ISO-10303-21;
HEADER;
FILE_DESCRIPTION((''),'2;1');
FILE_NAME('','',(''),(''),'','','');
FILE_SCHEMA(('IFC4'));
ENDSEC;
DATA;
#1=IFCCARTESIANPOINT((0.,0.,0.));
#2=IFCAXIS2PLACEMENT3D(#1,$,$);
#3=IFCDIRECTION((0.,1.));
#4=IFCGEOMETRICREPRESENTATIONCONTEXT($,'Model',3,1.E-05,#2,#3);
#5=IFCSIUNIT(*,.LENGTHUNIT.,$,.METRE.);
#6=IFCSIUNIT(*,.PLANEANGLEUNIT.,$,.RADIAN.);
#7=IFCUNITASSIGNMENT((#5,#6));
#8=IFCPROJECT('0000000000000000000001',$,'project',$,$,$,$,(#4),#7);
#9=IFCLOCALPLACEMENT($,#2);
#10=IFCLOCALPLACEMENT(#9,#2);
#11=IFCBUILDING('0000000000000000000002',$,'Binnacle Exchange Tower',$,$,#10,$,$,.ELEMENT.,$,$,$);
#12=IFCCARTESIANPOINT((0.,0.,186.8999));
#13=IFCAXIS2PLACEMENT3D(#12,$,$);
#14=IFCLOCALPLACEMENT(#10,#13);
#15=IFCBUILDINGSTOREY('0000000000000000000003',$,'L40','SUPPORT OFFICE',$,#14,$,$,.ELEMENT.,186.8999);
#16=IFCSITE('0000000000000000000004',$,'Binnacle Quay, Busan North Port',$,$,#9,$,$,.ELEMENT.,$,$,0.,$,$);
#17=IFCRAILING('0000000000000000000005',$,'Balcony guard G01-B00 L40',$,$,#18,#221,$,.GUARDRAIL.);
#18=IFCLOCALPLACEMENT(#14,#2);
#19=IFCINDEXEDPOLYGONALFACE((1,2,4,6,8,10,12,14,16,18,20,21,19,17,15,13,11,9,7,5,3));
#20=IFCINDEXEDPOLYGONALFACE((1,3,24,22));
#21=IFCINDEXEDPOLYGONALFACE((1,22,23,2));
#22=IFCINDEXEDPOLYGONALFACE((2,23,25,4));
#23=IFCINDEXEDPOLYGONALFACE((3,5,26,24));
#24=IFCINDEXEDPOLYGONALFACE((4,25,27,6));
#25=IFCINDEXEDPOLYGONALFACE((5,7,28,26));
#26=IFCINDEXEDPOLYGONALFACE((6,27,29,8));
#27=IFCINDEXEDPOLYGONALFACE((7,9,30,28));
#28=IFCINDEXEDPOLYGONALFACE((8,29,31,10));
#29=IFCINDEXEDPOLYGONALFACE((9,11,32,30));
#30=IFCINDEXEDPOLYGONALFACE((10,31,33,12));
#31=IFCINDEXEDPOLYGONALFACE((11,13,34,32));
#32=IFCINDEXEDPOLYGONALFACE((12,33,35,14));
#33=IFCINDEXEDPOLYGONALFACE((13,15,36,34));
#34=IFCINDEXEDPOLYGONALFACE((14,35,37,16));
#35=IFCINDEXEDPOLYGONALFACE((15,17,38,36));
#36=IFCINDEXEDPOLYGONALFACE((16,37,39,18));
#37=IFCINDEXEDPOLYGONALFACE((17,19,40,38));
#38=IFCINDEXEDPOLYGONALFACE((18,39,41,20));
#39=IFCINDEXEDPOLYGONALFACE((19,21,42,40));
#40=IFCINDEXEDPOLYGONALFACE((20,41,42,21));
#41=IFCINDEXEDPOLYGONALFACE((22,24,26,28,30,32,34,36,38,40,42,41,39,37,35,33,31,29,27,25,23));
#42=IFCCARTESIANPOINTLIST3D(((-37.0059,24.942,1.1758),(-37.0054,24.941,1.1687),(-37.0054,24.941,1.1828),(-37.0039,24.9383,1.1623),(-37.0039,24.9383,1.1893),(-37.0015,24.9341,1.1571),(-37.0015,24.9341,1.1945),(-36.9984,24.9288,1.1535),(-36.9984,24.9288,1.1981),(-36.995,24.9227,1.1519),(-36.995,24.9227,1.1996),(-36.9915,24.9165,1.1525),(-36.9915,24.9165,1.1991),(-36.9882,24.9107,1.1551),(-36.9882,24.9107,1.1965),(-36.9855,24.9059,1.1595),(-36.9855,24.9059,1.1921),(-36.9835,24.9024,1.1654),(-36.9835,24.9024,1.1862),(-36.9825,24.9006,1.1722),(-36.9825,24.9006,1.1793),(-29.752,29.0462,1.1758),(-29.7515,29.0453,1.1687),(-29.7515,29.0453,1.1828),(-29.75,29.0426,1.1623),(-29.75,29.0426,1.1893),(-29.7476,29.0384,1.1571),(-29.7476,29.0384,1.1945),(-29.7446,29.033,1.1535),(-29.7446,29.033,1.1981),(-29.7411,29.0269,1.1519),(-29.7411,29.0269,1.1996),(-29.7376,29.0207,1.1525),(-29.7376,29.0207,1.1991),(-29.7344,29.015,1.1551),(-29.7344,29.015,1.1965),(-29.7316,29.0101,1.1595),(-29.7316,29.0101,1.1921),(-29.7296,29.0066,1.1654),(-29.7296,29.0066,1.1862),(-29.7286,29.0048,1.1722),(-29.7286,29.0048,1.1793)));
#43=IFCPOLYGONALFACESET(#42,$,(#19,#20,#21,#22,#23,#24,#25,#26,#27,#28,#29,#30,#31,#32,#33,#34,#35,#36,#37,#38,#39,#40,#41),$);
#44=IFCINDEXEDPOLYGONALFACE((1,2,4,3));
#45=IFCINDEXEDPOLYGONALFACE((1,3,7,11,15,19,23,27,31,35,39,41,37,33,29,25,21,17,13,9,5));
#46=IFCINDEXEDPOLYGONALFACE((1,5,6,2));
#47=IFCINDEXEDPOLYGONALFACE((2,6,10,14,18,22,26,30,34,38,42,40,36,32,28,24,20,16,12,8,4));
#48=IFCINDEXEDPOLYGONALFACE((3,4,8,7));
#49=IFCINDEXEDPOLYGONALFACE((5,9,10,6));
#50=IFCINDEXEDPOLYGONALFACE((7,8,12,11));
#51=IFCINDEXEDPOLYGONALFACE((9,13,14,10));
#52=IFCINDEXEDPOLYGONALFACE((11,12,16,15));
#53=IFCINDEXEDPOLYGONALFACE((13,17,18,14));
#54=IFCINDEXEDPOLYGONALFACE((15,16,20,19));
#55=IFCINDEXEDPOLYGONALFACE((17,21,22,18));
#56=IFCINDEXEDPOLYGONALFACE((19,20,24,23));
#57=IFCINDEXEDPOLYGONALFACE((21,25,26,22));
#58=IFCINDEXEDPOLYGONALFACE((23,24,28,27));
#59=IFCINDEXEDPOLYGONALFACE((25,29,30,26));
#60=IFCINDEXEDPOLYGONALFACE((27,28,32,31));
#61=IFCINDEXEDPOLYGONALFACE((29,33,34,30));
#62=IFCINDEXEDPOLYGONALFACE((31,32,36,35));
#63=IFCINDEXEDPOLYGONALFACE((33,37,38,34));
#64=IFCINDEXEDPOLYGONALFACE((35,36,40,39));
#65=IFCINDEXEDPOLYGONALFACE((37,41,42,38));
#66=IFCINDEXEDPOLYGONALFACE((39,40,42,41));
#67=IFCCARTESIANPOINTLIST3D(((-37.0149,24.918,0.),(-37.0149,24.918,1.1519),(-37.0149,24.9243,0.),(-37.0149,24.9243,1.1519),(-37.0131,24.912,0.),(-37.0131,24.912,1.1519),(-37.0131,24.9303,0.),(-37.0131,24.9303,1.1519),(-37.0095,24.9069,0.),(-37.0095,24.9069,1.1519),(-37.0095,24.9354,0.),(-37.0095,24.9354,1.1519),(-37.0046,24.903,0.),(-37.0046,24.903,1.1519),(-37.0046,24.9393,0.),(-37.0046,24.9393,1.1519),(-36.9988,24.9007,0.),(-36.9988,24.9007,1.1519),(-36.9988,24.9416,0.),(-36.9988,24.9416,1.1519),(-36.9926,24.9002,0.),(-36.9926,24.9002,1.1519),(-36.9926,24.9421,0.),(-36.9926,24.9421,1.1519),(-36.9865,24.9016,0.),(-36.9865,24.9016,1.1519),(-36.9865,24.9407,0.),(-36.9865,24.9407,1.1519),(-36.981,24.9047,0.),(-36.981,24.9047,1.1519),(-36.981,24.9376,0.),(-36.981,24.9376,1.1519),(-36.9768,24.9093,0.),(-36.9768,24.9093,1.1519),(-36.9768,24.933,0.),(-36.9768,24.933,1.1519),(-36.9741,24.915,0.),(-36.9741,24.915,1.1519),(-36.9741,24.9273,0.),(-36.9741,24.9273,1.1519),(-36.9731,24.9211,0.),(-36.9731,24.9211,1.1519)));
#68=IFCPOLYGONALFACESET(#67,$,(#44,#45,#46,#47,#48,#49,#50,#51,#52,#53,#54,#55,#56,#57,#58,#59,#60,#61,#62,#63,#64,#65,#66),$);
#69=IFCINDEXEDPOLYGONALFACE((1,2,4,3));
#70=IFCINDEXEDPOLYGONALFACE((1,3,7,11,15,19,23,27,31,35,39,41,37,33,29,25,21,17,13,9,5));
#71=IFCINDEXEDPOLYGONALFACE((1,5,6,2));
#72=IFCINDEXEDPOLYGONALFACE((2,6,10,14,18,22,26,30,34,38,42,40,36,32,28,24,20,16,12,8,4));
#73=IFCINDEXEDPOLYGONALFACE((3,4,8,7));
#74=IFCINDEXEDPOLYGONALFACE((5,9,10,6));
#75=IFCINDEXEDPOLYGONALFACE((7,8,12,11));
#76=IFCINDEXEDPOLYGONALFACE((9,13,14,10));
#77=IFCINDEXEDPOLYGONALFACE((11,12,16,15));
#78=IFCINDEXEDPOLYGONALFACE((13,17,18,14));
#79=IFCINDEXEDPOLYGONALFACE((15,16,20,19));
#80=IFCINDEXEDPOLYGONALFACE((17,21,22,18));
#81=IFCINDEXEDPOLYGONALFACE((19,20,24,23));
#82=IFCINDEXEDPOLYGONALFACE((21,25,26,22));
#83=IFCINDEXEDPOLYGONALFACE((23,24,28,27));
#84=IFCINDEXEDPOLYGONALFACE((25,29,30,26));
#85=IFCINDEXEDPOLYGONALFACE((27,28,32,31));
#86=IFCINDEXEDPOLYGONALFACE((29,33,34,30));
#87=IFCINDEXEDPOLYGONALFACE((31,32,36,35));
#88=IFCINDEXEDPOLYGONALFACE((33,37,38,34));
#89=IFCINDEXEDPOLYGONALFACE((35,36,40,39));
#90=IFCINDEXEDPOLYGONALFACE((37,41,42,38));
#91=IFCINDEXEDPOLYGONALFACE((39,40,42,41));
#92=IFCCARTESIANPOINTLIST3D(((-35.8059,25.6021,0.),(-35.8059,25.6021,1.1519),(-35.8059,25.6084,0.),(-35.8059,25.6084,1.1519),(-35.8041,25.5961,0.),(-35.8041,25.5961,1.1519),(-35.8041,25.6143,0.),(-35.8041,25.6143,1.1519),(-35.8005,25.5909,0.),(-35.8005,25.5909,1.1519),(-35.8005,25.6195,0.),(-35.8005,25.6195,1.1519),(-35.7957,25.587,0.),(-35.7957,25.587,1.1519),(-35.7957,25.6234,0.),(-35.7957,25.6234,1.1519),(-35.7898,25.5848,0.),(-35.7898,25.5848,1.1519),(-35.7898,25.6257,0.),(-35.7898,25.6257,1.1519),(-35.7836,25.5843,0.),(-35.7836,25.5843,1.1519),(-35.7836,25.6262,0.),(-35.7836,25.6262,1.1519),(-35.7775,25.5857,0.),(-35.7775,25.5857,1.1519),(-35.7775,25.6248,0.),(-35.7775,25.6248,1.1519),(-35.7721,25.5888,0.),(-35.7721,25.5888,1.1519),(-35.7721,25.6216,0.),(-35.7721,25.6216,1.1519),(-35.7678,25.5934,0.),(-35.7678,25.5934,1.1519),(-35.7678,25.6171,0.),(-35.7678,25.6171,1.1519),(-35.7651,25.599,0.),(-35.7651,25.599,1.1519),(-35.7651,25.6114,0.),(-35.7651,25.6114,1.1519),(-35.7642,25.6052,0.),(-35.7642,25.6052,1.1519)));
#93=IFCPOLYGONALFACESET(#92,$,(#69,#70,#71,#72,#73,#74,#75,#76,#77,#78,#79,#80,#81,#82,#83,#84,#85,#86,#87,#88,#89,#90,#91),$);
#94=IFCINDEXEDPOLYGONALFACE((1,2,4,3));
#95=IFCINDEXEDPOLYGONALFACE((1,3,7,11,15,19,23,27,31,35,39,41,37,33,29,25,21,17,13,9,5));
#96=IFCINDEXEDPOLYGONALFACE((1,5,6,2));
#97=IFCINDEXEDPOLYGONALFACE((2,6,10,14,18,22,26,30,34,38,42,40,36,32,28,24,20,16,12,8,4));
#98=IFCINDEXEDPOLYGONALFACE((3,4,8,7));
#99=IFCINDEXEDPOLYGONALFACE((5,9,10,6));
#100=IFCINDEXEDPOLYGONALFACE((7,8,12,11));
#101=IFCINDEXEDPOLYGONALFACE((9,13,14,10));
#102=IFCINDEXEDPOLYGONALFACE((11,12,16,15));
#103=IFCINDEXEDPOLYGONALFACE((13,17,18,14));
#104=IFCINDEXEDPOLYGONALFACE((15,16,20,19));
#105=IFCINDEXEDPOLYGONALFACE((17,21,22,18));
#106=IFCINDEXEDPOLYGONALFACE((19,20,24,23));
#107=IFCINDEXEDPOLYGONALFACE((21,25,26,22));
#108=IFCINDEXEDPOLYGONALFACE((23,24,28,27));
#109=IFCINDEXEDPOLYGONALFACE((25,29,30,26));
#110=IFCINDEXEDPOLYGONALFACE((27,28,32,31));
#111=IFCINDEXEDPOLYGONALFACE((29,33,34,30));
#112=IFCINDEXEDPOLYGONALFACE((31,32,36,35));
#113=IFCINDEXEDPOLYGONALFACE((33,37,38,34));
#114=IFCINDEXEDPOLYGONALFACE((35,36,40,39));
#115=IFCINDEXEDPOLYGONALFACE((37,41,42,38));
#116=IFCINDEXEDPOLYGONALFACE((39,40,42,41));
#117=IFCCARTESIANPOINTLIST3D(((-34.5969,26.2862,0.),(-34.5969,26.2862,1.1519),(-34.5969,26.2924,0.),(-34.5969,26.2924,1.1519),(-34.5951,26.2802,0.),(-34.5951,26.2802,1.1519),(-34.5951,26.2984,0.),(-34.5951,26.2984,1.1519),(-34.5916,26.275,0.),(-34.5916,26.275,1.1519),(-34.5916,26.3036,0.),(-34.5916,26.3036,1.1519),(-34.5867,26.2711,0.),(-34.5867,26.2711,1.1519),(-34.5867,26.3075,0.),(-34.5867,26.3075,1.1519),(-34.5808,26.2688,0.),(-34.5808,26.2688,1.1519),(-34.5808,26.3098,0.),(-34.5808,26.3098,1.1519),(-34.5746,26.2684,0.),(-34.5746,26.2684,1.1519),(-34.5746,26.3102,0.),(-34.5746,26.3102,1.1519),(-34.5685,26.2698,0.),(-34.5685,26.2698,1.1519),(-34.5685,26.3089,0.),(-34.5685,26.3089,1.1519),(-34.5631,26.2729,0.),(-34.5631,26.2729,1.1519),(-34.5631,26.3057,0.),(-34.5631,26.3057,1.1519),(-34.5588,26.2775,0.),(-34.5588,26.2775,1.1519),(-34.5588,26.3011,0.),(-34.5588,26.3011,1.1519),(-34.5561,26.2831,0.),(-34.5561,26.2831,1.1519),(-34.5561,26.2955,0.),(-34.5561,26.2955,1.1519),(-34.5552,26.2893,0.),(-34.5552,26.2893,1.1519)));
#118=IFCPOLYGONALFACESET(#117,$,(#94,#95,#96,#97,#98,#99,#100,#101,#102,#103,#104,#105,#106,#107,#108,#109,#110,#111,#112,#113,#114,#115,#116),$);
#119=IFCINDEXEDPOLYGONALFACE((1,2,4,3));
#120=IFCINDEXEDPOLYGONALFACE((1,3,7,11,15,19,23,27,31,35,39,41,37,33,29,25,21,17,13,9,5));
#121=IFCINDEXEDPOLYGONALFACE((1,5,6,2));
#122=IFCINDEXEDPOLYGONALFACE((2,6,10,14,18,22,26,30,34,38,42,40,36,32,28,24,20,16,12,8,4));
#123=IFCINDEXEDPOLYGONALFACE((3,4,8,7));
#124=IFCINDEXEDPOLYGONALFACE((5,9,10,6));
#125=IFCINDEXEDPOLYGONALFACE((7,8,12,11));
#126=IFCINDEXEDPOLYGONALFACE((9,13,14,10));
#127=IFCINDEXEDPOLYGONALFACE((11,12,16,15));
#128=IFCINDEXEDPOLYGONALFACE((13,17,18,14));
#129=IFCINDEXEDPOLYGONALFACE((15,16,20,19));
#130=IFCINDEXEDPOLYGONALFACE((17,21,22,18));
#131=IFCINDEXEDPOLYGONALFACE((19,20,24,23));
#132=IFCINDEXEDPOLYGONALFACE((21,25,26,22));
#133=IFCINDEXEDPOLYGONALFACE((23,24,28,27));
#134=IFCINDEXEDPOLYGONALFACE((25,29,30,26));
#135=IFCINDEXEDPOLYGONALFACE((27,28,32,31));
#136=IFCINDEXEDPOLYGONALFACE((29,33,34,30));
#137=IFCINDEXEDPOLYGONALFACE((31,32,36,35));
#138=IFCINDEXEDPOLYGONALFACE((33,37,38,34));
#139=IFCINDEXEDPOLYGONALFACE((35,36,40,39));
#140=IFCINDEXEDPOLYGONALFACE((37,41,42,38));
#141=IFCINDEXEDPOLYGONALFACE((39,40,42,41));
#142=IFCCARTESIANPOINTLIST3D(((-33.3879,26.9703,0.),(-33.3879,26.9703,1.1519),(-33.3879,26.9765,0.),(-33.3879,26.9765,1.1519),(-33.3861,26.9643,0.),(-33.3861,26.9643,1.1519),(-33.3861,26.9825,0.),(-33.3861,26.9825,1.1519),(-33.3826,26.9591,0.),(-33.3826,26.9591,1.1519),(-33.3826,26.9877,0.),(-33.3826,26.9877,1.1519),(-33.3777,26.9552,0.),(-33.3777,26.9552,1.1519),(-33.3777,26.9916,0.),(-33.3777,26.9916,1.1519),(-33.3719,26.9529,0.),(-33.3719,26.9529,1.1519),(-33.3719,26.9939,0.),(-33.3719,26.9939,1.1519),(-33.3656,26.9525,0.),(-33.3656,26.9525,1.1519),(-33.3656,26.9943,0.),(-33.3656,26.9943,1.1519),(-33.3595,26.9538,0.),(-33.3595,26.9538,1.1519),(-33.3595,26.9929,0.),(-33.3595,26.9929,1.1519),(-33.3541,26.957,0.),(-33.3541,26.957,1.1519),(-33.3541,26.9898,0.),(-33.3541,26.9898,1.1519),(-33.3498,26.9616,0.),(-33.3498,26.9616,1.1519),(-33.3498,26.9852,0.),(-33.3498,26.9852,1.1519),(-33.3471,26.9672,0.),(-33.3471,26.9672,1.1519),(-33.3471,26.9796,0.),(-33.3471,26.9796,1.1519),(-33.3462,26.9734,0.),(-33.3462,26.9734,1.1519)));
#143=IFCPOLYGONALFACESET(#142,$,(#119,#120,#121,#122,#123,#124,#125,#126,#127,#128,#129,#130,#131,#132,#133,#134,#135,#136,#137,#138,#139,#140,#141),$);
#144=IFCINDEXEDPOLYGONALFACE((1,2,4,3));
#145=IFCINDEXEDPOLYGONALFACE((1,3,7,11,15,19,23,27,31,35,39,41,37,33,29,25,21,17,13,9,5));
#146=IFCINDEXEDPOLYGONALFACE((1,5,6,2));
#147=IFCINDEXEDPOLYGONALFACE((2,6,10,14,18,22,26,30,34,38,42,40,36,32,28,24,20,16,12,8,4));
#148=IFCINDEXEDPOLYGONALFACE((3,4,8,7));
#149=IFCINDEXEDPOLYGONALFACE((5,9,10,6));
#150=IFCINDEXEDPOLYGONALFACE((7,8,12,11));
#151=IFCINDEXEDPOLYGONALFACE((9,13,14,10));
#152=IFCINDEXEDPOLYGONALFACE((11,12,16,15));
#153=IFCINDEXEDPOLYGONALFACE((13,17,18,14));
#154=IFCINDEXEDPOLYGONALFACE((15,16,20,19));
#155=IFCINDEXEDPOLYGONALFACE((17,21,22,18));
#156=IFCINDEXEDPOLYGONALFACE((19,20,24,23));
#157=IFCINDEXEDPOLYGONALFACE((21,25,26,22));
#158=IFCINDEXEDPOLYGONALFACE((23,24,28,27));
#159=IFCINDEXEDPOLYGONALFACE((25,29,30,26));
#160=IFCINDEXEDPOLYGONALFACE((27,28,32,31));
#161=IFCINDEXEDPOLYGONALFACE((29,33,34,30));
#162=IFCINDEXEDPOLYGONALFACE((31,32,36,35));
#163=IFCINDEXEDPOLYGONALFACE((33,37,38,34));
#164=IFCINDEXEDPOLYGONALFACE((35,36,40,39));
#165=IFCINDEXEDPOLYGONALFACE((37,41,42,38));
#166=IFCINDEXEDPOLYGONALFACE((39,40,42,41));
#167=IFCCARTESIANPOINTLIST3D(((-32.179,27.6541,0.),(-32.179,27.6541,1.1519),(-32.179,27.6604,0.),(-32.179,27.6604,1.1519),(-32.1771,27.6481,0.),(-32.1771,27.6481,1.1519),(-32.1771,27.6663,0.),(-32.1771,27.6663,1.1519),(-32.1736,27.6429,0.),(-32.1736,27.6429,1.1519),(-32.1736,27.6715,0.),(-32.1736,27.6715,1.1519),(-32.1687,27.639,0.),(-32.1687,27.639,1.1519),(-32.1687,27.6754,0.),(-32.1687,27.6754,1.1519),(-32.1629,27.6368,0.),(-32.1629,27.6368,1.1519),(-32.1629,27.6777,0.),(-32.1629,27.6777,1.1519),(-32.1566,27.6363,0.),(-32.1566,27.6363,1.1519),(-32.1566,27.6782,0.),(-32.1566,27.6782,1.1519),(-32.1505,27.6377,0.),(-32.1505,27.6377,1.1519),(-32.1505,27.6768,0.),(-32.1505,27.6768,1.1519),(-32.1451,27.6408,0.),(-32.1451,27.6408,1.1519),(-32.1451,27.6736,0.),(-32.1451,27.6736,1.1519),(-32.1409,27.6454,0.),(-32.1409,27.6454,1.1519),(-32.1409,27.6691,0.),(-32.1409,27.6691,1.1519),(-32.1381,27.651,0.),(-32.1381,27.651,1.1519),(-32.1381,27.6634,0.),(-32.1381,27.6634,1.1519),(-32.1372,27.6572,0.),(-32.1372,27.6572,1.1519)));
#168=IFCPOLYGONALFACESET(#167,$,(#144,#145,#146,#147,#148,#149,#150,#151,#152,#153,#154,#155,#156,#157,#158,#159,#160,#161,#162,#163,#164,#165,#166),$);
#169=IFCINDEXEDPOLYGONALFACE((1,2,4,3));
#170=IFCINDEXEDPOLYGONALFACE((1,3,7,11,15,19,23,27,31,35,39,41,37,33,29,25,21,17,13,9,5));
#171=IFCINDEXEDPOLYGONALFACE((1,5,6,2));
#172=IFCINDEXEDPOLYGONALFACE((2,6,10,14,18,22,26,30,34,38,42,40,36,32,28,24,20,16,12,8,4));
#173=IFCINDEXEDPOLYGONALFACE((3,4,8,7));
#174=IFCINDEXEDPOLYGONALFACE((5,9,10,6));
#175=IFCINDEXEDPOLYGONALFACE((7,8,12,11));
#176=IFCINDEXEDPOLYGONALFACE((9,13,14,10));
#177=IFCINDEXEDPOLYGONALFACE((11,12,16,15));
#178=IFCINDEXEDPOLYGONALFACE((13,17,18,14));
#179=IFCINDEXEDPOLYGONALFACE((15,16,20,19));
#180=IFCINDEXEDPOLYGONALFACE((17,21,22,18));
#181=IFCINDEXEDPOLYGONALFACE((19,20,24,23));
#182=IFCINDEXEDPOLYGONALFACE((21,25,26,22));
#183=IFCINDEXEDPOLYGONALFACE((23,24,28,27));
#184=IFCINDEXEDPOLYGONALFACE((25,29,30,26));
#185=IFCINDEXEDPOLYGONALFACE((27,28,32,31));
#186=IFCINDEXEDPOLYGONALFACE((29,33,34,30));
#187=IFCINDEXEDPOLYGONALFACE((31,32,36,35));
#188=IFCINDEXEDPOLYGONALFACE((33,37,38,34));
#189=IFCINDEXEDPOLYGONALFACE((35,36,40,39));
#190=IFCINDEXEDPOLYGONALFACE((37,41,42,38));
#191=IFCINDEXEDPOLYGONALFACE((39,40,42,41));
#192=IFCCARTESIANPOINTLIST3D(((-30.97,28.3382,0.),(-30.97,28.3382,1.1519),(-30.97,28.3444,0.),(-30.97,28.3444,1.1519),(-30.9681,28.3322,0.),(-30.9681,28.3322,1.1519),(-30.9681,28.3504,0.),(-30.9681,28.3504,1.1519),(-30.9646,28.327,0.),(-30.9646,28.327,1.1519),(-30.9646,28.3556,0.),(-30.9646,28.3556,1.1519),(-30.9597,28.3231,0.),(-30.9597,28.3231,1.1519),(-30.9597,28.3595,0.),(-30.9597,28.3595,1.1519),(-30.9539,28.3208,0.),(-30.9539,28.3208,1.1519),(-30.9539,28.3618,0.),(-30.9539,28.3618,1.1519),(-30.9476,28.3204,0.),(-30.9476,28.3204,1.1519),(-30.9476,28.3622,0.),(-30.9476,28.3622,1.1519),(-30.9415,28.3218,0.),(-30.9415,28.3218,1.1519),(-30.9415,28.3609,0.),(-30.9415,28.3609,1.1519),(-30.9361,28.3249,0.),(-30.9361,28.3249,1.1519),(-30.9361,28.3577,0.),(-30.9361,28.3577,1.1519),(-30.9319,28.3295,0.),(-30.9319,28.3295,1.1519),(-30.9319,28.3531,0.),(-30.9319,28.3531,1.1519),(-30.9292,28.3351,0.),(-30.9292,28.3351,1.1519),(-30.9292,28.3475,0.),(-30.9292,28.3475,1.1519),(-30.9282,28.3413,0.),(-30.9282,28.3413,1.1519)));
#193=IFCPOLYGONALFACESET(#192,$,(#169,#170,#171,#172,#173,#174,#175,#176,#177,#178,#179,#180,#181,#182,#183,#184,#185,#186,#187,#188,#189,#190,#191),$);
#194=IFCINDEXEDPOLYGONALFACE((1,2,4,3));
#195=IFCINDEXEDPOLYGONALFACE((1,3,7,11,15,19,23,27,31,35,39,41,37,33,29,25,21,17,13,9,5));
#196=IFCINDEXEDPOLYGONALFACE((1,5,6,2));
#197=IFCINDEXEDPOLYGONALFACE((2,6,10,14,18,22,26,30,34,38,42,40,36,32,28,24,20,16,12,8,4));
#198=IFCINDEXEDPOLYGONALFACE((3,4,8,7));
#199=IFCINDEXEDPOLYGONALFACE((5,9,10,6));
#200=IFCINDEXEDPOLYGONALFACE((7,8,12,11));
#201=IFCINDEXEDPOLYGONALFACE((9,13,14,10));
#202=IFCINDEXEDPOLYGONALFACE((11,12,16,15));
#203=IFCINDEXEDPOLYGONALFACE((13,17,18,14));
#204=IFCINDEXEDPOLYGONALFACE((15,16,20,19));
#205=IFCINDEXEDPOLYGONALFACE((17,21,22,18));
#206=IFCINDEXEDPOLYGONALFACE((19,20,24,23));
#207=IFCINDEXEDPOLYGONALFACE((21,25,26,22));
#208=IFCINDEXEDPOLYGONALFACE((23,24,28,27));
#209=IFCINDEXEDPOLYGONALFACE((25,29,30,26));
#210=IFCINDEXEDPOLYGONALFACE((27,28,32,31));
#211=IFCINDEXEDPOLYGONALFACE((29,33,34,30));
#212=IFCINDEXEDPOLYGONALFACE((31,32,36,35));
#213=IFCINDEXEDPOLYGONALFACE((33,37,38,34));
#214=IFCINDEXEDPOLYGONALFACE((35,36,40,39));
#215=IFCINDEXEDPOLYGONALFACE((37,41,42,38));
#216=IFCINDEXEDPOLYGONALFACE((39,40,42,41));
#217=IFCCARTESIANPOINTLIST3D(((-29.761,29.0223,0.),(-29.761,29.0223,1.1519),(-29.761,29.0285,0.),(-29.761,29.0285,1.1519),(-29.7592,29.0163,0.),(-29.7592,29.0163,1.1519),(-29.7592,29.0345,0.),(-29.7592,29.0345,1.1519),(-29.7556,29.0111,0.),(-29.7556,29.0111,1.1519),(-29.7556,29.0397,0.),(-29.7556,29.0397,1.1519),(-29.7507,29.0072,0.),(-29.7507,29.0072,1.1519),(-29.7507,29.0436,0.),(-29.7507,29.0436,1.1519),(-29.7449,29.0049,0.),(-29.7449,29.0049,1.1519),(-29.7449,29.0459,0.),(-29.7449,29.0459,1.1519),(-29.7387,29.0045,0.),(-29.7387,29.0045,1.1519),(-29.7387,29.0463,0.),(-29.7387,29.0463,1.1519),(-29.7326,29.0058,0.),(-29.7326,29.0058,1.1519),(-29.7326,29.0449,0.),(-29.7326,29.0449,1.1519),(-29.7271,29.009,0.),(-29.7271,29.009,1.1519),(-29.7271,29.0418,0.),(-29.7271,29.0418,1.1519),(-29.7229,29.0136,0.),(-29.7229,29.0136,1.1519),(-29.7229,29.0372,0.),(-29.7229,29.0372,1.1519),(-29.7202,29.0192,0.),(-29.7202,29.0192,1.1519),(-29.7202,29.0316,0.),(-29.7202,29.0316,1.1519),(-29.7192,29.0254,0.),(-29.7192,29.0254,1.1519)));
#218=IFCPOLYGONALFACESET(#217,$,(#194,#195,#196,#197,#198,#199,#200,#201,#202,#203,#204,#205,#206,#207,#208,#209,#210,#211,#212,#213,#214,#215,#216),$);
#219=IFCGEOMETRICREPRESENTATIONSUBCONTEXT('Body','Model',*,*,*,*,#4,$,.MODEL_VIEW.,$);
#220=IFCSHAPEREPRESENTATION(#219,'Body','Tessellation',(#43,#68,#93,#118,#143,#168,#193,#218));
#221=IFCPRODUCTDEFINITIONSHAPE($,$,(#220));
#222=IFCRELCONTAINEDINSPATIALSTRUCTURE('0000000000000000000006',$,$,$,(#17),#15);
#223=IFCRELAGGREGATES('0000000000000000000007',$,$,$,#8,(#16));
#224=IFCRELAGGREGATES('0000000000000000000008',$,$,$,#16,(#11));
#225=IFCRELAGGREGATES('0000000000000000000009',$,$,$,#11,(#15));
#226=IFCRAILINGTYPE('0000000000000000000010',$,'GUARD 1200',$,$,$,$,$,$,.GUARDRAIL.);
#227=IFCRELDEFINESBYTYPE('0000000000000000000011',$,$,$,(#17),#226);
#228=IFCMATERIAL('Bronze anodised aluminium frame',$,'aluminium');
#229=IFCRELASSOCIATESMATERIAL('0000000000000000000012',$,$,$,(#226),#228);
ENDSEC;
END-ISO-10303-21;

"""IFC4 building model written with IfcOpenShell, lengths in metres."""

from ifc_helpers import new_model, si_unit, direction, frame, origin, origin_2d, place, context, subcontext, project, spatial, circle, extrude, material, type_object, element, save


model = new_model("IFC4")

# Units and contexts
model_context = context("Model", 3, precision=1e-05, world=origin(), true_north=direction((0.0, 1.0)))
body_context = subcontext(model_context, "Body", "Model", "MODEL_VIEW")
ifc_project = project(units=[si_unit("LENGTHUNIT", "METRE"), si_unit("PLANEANGLEUNIT", "RADIAN")], contexts=[model_context])

# Site, building, storey
site_placement = place(None, origin())
site = spatial("IfcSite", under=ifc_project, at=site_placement, Name="Binnacle Quay, Busan North Port", CompositionType="ELEMENT", RefElevation=0.0)
building_placement = place(site_placement, origin())
building = spatial("IfcBuilding", under=site, at=building_placement, Name="Binnacle Exchange Tower", CompositionType="ELEMENT")
storey_placement = place(building_placement, frame((0.0, 0.0, 186.8999)))
storey = spatial("IfcBuildingStorey", under=building, at=storey_placement, Name="L40", Description="SUPPORT OFFICE", CompositionType="ELEMENT", Elevation=186.8999)

# Railing
ifc_material_1 = material(Name="Bronze anodised aluminium frame", Category="aluminium")
railing_type_1 = type_object("IfcRailingType", Name="GUARD 1200", PredefinedType="GUARDRAIL", material=ifc_material_1)
railing_1_placement = place(storey_placement, frame((-36.9941, 24.9211, 0.0)))
element("IfcRailing", 1, at=railing_1_placement, inside=storey, type_object=railing_type_1, Name="Balcony guard G01-B00 L40", PredefinedType="GUARDRAIL", context=body_context, shape_type="SweptSolid", body=[
    extrude(circle(Radius=0.0239, at=origin_2d()), frame((0.0, 0.0, 1.1758), z_axis=(0.870346, 0.49244, 0.0), x_axis=(-0.49244, 0.870346, 0.0)), (0.0, 0.0, 1.0), 8.3345),
    extrude(circle(Radius=0.021, at=origin_2d()), origin(), (0.0, 0.0, 1.0), 1.1519),
    extrude(circle(Radius=0.021, at=origin_2d()), frame((1.209, 0.6841, 0.0)), (0.0, 0.0, 1.0), 1.1519),
    extrude(circle(Radius=0.021, at=origin_2d()), frame((2.418, 1.3682, 0.0)), (0.0, 0.0, 1.0), 1.1519),
    extrude(circle(Radius=0.021, at=origin_2d()), frame((3.627, 2.0522, 0.0)), (0.0, 0.0, 1.0), 1.1519),
    extrude(circle(Radius=0.021, at=origin_2d()), frame((4.8359, 2.7361, 0.0)), (0.0, 0.0, 1.0), 1.1519),
    extrude(circle(Radius=0.021, at=origin_2d()), frame((6.0449, 3.4202, 0.0)), (0.0, 0.0, 1.0), 1.1519),
    extrude(circle(Radius=0.021, at=origin_2d()), frame((7.2539, 4.1042, 0.0)), (0.0, 0.0, 1.0), 1.1519),
])

save(model, "model.ifc")
